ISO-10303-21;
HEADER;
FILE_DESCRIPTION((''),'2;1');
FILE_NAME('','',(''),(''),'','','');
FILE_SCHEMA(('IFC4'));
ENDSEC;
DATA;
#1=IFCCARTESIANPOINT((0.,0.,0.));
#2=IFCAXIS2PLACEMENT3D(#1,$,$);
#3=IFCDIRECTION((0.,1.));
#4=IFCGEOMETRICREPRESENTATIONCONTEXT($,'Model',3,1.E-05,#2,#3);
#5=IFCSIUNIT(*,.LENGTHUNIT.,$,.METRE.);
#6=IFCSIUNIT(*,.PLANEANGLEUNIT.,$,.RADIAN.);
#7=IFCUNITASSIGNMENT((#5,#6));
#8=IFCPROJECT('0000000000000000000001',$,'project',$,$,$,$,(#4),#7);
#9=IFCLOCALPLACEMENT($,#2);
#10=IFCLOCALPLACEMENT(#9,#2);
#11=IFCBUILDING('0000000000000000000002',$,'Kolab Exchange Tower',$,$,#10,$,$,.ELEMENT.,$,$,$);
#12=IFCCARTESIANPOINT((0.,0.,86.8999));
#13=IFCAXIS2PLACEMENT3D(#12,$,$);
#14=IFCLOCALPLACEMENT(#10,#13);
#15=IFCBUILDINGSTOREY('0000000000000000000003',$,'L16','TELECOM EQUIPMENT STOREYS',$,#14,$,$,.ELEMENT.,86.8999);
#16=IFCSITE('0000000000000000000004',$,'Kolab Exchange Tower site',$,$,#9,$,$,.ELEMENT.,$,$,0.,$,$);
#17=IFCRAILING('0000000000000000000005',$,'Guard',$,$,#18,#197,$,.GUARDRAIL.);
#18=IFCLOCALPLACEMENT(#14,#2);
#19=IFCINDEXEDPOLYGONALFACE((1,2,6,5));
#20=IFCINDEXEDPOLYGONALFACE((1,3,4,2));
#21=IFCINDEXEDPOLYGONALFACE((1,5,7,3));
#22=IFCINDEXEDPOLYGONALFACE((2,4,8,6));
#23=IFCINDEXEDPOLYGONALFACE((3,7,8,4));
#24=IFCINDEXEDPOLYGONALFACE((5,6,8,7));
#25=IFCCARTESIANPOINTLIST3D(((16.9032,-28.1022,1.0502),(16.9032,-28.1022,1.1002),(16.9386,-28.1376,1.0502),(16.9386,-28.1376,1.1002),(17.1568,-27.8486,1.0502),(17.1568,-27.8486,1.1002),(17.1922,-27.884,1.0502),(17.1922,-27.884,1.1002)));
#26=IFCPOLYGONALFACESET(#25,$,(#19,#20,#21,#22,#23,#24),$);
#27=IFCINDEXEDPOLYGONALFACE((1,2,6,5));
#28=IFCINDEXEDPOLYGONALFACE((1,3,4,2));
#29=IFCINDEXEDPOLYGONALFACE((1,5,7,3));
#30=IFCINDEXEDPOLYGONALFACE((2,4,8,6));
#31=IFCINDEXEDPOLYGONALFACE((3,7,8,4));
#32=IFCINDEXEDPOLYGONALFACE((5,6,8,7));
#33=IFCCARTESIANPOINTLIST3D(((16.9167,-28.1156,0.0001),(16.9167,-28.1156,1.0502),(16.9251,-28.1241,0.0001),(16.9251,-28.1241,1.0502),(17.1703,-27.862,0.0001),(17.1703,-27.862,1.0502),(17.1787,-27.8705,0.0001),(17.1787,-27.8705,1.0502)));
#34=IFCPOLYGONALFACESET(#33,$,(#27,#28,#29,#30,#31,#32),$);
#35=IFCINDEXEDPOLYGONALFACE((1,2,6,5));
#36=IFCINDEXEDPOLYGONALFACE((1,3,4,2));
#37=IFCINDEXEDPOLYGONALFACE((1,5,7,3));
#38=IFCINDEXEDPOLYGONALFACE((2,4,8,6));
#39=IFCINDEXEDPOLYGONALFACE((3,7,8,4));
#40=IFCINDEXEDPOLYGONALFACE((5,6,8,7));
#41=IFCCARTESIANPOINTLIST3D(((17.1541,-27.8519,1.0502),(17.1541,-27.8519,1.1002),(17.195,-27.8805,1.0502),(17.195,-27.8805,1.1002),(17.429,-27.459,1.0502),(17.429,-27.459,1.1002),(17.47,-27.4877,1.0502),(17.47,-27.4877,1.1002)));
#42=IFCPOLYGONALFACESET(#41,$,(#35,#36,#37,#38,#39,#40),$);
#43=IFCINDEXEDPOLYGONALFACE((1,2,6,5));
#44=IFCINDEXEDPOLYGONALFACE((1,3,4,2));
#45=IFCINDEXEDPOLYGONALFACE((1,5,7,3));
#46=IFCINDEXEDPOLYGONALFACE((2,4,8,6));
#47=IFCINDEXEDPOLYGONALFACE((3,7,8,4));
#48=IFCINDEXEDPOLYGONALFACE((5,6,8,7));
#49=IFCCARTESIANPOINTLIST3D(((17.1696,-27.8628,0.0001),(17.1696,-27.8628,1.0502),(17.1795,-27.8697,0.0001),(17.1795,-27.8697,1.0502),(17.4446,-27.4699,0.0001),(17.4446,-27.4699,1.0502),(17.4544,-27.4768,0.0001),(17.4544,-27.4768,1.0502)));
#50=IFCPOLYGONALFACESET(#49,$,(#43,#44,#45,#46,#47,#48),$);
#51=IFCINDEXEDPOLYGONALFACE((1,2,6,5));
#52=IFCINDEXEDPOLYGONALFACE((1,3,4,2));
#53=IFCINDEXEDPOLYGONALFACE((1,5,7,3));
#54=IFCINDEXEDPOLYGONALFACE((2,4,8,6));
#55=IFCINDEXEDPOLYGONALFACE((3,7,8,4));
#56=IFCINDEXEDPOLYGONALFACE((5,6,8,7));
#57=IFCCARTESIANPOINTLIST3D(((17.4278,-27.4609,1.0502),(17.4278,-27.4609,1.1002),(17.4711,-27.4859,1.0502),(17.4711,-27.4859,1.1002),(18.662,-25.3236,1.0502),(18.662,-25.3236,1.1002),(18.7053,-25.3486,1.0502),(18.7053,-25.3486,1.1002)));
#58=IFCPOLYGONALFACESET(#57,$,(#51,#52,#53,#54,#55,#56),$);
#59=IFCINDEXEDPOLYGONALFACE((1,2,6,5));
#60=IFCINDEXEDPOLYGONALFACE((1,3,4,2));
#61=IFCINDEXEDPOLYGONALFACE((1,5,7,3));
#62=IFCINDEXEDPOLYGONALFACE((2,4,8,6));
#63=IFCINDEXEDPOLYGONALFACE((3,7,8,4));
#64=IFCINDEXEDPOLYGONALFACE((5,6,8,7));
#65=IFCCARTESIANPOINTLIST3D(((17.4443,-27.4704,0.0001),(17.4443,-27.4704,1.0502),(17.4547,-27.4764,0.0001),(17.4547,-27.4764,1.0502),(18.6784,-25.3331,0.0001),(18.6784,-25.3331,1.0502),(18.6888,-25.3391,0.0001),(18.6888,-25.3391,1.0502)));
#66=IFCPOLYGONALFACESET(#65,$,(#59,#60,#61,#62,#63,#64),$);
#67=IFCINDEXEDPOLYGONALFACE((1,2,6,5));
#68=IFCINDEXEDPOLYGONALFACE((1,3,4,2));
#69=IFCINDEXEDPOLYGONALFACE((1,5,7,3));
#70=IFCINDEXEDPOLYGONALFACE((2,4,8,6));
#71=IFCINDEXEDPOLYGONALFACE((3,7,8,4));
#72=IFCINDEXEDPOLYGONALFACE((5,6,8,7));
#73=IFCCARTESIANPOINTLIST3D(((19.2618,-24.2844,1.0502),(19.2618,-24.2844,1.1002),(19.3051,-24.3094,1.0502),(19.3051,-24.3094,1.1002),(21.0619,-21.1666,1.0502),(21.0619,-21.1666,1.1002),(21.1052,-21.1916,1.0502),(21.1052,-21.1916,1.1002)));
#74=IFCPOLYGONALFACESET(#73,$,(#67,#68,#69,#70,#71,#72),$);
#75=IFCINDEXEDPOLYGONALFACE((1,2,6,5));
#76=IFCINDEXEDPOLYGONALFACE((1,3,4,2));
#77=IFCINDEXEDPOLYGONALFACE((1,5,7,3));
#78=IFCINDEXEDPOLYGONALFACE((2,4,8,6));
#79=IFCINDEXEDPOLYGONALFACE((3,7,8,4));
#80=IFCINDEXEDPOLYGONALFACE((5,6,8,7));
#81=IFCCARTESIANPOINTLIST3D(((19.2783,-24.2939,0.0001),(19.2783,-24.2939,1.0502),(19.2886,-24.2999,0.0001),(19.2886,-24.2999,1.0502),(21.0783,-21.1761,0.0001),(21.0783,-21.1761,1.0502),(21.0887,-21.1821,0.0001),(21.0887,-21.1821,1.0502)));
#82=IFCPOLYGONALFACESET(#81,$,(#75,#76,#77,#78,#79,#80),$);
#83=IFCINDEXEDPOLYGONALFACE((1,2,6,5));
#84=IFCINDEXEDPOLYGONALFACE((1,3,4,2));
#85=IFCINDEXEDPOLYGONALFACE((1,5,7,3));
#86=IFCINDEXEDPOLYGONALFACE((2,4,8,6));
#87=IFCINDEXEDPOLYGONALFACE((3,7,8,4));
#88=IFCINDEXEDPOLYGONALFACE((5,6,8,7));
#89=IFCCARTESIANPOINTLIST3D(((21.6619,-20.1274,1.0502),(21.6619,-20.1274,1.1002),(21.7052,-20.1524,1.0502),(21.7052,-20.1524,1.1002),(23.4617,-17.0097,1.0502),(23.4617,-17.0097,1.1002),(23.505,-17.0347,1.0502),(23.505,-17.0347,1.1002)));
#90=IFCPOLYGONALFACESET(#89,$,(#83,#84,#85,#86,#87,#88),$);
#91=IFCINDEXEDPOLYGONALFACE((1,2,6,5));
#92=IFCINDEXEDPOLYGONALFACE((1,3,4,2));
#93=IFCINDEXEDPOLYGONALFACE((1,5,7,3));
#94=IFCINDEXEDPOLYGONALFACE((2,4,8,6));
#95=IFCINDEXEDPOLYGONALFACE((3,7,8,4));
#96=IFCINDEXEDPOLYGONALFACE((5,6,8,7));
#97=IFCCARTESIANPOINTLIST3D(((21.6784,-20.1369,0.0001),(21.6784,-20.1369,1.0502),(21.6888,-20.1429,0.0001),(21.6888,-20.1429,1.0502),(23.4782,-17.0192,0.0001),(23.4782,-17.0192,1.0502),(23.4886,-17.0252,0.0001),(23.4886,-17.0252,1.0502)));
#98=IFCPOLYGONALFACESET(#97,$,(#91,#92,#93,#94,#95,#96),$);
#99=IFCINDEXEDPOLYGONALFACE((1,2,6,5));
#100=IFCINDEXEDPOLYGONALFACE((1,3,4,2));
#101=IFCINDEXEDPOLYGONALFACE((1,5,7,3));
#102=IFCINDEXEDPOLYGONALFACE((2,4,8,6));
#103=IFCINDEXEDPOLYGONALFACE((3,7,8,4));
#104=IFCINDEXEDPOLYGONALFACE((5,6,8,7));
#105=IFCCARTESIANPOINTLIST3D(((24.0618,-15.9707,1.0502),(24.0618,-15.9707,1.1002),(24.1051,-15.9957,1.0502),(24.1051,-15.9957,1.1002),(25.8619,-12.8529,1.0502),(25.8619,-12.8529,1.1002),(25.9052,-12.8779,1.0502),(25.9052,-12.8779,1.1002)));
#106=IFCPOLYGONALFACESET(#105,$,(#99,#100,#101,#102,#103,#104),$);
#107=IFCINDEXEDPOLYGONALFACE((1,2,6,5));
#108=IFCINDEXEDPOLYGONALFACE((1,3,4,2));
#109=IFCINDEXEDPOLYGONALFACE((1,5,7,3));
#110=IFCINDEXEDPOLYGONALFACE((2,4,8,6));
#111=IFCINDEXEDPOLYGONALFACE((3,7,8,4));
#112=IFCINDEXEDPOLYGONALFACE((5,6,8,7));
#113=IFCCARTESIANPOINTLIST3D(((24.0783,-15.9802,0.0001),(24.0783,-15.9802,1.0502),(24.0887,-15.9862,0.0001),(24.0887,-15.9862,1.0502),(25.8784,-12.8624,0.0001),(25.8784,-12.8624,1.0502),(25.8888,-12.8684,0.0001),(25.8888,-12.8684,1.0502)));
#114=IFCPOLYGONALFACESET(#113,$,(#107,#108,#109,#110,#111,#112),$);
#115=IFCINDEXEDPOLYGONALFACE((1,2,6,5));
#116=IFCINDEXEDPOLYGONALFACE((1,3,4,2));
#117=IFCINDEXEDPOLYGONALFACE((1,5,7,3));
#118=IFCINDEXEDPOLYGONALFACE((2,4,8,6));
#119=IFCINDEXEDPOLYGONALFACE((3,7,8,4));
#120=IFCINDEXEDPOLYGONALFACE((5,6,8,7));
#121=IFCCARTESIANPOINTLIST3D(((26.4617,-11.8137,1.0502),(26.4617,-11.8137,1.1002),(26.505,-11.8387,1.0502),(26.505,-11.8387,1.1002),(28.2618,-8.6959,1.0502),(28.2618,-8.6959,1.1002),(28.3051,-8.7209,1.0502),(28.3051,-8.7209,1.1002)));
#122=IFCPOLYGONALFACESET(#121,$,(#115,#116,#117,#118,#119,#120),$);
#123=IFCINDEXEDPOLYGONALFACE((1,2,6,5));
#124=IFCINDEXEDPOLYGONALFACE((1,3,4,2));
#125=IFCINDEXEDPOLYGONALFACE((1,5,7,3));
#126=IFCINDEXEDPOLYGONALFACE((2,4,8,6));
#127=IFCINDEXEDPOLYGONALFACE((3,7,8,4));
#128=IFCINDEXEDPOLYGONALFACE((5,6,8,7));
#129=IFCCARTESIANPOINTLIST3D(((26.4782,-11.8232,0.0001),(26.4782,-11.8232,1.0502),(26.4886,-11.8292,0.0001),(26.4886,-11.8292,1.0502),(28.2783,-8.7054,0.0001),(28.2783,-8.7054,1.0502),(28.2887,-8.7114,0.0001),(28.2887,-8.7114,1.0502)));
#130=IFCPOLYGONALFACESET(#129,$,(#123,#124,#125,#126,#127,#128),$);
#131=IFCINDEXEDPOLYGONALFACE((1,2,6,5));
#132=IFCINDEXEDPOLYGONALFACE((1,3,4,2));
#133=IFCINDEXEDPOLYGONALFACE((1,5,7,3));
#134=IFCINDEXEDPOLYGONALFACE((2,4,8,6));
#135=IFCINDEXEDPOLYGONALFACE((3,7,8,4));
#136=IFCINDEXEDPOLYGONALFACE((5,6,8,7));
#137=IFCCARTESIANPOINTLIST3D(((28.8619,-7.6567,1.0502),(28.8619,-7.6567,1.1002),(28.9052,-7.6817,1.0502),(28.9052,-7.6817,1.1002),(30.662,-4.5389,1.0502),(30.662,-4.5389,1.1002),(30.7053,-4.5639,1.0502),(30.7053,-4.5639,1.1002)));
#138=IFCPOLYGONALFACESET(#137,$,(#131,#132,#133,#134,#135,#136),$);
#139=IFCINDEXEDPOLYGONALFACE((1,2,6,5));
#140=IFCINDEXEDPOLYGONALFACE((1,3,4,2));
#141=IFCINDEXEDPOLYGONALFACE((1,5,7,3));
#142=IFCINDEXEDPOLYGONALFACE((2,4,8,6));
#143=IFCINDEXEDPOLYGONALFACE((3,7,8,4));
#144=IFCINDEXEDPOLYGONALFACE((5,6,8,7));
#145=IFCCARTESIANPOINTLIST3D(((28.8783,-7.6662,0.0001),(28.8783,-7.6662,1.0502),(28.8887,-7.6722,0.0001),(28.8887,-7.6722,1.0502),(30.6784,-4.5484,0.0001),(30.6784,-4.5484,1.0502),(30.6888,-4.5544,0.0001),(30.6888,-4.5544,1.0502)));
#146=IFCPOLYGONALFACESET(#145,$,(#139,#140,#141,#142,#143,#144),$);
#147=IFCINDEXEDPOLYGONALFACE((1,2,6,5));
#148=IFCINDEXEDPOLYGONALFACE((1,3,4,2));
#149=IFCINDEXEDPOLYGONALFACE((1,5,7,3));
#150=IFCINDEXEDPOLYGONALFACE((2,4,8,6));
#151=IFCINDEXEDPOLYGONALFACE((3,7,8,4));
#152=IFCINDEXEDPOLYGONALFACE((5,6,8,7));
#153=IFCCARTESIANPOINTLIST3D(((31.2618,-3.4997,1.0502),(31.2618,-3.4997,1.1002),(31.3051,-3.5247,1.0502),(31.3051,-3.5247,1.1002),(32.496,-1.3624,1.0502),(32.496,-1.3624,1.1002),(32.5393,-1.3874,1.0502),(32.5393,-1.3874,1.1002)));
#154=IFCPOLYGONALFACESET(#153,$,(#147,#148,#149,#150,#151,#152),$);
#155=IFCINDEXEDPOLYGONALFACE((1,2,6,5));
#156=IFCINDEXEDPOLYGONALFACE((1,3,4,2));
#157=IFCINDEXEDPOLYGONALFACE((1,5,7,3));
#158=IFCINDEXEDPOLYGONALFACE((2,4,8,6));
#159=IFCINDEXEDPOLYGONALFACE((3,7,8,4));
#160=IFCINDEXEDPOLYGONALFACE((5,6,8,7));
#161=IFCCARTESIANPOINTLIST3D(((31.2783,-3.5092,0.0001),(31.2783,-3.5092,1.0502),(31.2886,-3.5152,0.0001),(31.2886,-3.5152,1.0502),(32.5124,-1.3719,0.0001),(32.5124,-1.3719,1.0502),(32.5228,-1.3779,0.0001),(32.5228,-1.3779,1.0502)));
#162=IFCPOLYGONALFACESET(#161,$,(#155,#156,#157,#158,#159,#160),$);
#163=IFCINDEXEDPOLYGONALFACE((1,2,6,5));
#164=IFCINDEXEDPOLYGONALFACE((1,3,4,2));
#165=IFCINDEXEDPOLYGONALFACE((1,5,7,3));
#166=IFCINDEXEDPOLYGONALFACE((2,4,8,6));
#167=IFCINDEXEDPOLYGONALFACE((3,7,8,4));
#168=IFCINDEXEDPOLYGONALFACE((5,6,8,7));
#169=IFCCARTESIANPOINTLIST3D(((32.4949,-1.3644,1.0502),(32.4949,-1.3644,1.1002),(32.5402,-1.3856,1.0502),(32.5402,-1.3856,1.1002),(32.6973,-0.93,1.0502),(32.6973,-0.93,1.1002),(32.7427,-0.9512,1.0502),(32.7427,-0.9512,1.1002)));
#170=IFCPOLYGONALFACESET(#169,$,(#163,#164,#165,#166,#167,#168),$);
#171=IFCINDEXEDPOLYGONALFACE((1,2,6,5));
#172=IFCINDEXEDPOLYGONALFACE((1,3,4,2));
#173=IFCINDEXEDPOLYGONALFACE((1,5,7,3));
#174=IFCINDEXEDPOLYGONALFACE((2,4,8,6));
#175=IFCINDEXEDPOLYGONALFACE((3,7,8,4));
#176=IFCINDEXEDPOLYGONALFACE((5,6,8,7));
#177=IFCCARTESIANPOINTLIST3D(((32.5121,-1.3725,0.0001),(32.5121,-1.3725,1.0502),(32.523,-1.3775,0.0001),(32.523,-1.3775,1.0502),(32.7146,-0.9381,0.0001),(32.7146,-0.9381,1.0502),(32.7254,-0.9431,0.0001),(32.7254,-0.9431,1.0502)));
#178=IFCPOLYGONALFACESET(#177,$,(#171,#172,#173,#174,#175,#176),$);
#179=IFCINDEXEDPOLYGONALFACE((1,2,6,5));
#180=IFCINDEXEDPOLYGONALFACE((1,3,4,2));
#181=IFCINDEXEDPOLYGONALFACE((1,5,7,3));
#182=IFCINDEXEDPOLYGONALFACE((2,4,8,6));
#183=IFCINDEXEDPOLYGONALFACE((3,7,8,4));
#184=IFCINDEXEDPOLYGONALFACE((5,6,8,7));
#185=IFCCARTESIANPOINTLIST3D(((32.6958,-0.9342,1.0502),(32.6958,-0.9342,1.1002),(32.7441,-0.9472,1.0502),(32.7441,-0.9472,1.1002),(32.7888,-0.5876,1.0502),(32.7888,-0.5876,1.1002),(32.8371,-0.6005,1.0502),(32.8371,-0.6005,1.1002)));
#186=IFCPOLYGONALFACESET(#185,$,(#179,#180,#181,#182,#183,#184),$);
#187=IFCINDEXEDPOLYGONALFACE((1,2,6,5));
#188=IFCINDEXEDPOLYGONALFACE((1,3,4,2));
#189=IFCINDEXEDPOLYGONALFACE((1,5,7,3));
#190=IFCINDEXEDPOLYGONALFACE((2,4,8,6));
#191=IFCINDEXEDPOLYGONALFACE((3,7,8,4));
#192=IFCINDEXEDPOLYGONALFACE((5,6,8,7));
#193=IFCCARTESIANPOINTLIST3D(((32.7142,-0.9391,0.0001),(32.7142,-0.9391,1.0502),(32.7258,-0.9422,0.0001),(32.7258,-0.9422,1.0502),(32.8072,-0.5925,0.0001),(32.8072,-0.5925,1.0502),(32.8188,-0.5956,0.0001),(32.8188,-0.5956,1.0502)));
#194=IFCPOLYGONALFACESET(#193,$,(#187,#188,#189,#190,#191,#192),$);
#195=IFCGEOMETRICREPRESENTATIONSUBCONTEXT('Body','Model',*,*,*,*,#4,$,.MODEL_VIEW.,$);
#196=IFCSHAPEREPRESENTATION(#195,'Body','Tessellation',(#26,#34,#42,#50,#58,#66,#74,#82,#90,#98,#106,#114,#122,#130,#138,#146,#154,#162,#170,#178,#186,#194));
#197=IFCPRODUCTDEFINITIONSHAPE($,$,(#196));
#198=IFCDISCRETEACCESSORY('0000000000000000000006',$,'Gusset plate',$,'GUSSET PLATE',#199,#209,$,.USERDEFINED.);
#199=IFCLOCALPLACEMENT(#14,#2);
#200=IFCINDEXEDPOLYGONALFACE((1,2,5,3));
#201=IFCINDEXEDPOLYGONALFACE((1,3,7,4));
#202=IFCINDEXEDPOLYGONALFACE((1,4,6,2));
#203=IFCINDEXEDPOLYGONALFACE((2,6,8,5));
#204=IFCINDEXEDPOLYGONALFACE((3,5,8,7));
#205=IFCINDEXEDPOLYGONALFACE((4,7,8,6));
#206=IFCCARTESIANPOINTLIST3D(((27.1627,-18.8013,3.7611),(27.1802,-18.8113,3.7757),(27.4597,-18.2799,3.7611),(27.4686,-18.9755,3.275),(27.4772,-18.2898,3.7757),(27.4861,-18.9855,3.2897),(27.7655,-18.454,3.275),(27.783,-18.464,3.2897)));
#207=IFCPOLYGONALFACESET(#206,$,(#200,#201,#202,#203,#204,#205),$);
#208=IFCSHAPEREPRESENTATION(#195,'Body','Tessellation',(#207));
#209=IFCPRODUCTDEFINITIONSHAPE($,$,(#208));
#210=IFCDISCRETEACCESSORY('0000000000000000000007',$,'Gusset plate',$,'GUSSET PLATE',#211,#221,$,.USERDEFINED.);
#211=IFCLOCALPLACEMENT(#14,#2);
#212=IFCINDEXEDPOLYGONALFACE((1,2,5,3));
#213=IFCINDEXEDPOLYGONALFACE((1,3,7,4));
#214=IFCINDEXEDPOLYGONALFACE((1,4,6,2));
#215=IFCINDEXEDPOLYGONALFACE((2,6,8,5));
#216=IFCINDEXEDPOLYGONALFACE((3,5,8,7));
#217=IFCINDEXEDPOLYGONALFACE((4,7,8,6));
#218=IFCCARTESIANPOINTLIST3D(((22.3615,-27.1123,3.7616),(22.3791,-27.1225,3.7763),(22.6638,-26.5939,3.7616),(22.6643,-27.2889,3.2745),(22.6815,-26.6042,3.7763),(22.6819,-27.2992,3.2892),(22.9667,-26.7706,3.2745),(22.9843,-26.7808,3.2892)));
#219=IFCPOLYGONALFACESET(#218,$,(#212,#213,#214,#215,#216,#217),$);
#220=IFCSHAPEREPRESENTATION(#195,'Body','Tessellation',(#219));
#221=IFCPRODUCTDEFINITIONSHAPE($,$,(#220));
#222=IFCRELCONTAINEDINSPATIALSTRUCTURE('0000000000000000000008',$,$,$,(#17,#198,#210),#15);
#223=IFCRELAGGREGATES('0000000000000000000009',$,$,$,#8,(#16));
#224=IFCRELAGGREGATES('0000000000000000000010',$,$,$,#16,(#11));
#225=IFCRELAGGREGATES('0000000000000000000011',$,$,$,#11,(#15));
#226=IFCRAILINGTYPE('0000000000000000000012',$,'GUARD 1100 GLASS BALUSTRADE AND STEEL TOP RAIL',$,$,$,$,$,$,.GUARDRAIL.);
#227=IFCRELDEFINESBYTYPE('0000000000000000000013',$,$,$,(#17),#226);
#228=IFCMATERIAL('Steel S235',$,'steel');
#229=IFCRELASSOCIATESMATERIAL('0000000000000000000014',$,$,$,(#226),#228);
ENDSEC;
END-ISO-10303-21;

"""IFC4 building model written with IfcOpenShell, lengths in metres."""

from ifc_helpers import new_model, si_unit, direction, frame, frame_2d, origin, origin_2d, place, context, subcontext, project, spatial, rectangle, extrude, material, type_object, element, save


model = new_model("IFC4")

# Units and contexts
model_context = context("Model", 3, precision=1e-05, world=origin(), true_north=direction((0.0, 1.0)))
body_context = subcontext(model_context, "Body", "Model", "MODEL_VIEW")
ifc_project = project(units=[si_unit("LENGTHUNIT", "METRE"), si_unit("PLANEANGLEUNIT", "RADIAN")], contexts=[model_context])

# Site, building, storey
site_placement = place(None, origin())
site = spatial("IfcSite", under=ifc_project, at=site_placement, Name="Kolab Exchange Tower site", CompositionType="ELEMENT", RefElevation=0.0)
building_placement = place(site_placement, origin())
building = spatial("IfcBuilding", under=site, at=building_placement, Name="Kolab Exchange Tower", CompositionType="ELEMENT")
storey_placement = place(building_placement, frame((0.0, 0.0, 86.8999)))
storey = spatial("IfcBuildingStorey", under=building, at=storey_placement, Name="L16", Description="TELECOM EQUIPMENT STOREYS", CompositionType="ELEMENT", Elevation=86.8999)

# Railing
ifc_material_1 = material(Name="Steel S235", Category="steel")
railing_type = type_object("IfcRailingType", Name="GUARD 1100 GLASS BALUSTRADE AND STEEL TOP RAIL", PredefinedType="GUARDRAIL", material=ifc_material_1)
railing_placement = place(storey_placement, frame((16.9209, -28.1199, 0.0)))
element("IfcRailing", 1, at=railing_placement, inside=storey, type_object=railing_type, Name="Guard", PredefinedType="GUARDRAIL", context=body_context, shape_type="SweptSolid", body=[
    extrude(rectangle(XDim=0.05, YDim=0.05, at=origin_2d()), frame((0.0, 0.0, 1.0752), z_axis=(0.707107, 0.707107, 0.0), x_axis=(-0.707107, 0.707107, 0.0)), (0.0, 0.0, 1.0), 0.3586),
    extrude(rectangle(XDim=0.012, YDim=1.0501, at=frame_2d((0.0, 0.5251))), frame((0.0, 0.0, 0.0), z_axis=(0.707107, 0.707107, 0.0), x_axis=(-0.707107, 0.707107, 0.0)), (0.0, 0.0, 1.0), 0.3586),
    extrude(rectangle(XDim=0.05, YDim=0.05, at=origin_2d()), frame((0.2537, 0.2537, 1.0752), z_axis=(0.57336, 0.819304, 0.0), x_axis=(-0.819304, 0.57336, 0.0)), (0.0, 0.0, 1.0), 0.4795),
    extrude(rectangle(XDim=0.012, YDim=1.0501, at=frame_2d((0.0, 0.5251))), frame((0.2537, 0.2537, 0.0), z_axis=(0.57336, 0.819304, 0.0), x_axis=(-0.819304, 0.57336, 0.0)), (0.0, 0.0, 1.0), 0.4795),
    extrude(rectangle(XDim=0.05, YDim=0.05, at=origin_2d()), frame((0.5286, 0.6465, 1.0752), z_axis=(0.500065, 0.865988, 0.0), x_axis=(-0.865988, 0.500065, 0.0)), (0.0, 0.0, 1.0), 2.468),
    extrude(rectangle(XDim=0.012, YDim=1.0501, at=frame_2d((0.0, 0.5251))), frame((0.5286, 0.6465, 0.0), z_axis=(0.500065, 0.865988, 0.0), x_axis=(-0.865988, 0.500065, 0.0)), (0.0, 0.0, 1.0), 2.468),
    extrude(rectangle(XDim=0.05, YDim=0.05, at=origin_2d()), frame((2.3625, 3.823, 1.0752), z_axis=(0.500012, 0.866018, 0.0), x_axis=(-0.866018, 0.500012, 0.0)), (0.0, 0.0, 1.0), 3.6001),
    extrude(rectangle(XDim=0.012, YDim=1.0501, at=frame_2d((0.0, 0.5251))), frame((2.3625, 3.823, 0.0), z_axis=(0.500012, 0.866018, 0.0), x_axis=(-0.866018, 0.500012, 0.0)), (0.0, 0.0, 1.0), 3.6001),
    extrude(rectangle(XDim=0.05, YDim=0.05, at=origin_2d()), frame((4.7627, 7.98, 1.0752), z_axis=(0.499961, 0.866048, 0.0), x_axis=(-0.866048, 0.499961, 0.0)), (0.0, 0.0, 1.0), 3.5999),
    extrude(rectangle(XDim=0.012, YDim=1.0501, at=frame_2d((0.0, 0.5251))), frame((4.7627, 7.98, 0.0), z_axis=(0.499961, 0.866048, 0.0), x_axis=(-0.866048, 0.499961, 0.0)), (0.0, 0.0, 1.0), 3.5999),
    extrude(rectangle(XDim=0.05, YDim=0.05, at=origin_2d()), frame((7.1626, 12.1367, 1.0752), z_axis=(0.500012, 0.866018, 0.0), x_axis=(-0.866018, 0.500012, 0.0)), (0.0, 0.0, 1.0), 3.6001),
    extrude(rectangle(XDim=0.012, YDim=1.0501, at=frame_2d((0.0, 0.5251))), frame((7.1626, 12.1367, 0.0), z_axis=(0.500012, 0.866018, 0.0), x_axis=(-0.866018, 0.500012, 0.0)), (0.0, 0.0, 1.0), 3.6001),
    extrude(rectangle(XDim=0.05, YDim=0.05, at=origin_2d()), frame((9.5625, 16.2937, 1.0752), z_axis=(0.500012, 0.866018, 0.0), x_axis=(-0.866018, 0.500012, 0.0)), (0.0, 0.0, 1.0), 3.6001),
    extrude(rectangle(XDim=0.012, YDim=1.0501, at=frame_2d((0.0, 0.5251))), frame((9.5625, 16.2937, 0.0), z_axis=(0.500012, 0.866018, 0.0), x_axis=(-0.866018, 0.500012, 0.0)), (0.0, 0.0, 1.0), 3.6001),
    extrude(rectangle(XDim=0.05, YDim=0.05, at=origin_2d()), frame((11.9626, 20.4507, 1.0752), z_axis=(0.500012, 0.866018, 0.0), x_axis=(-0.866018, 0.500012, 0.0)), (0.0, 0.0, 1.0), 3.6001),
    extrude(rectangle(XDim=0.012, YDim=1.0501, at=frame_2d((0.0, 0.5251))), frame((11.9626, 20.4507, 0.0), z_axis=(0.500012, 0.866018, 0.0), x_axis=(-0.866018, 0.500012, 0.0)), (0.0, 0.0, 1.0), 3.6001),
    extrude(rectangle(XDim=0.05, YDim=0.05, at=origin_2d()), frame((14.3625, 24.6077, 1.0752), z_axis=(0.500065, 0.865988, 0.0), x_axis=(-0.865988, 0.500065, 0.0)), (0.0, 0.0, 1.0), 2.468),
    extrude(rectangle(XDim=0.012, YDim=1.0501, at=frame_2d((0.0, 0.5251))), frame((14.3625, 24.6077, 0.0), z_axis=(0.500065, 0.865988, 0.0), x_axis=(-0.865988, 0.500065, 0.0)), (0.0, 0.0, 1.0), 2.468),
    extrude(rectangle(XDim=0.05, YDim=0.05, at=origin_2d()), frame((15.5967, 26.7449, 1.0752), z_axis=(0.422383, 0.906417, 0.0), x_axis=(-0.906417, 0.422383, 0.0)), (0.0, 0.0, 1.0), 0.4792),
    extrude(rectangle(XDim=0.012, YDim=1.0501, at=frame_2d((0.0, 0.5251))), frame((15.5967, 26.7449, 0.0), z_axis=(0.422383, 0.906417, 0.0), x_axis=(-0.906417, 0.422383, 0.0)), (0.0, 0.0, 1.0), 0.4792),
    extrude(rectangle(XDim=0.05, YDim=0.05, at=origin_2d()), frame((15.7991, 27.1792, 1.0752), z_axis=(0.259144, 0.965839, 0.0), x_axis=(-0.965839, 0.259144, 0.0)), (0.0, 0.0, 1.0), 0.3589),
    extrude(rectangle(XDim=0.012, YDim=1.0501, at=frame_2d((0.0, 0.5251))), frame((15.7991, 27.1792, 0.0), z_axis=(0.259144, 0.965839, 0.0), x_axis=(-0.965839, 0.259144, 0.0)), (0.0, 0.0, 1.0), 0.3589),
])

# Discrete accessories
discrete_accessory_1_placement = place(storey_placement, frame((27.4641, -18.6277, 3.5181), z_axis=(0.703822, -0.400788, 0.586518), x_axis=(0.494839, 0.868985, 0.0)))
element("IfcDiscreteAccessory", 2, at=discrete_accessory_1_placement, inside=storey, Name="Gusset plate", ObjectType="GUSSET PLATE", PredefinedType="USERDEFINED", context=body_context, shape_type="SweptSolid", body=[
    extrude(rectangle(XDim=0.6001, YDim=0.6001, at=origin_2d()), origin(), (0.0, 0.0, 1.0), 0.0249),
])
discrete_accessory_2_placement = place(storey_placement, frame((22.6641, -26.9414, 3.5181), z_axis=(0.701047, -0.408944, 0.584206), x_axis=(0.503871, 0.863779, 0.0)))
element("IfcDiscreteAccessory", 3, at=discrete_accessory_2_placement, inside=storey, Name="Gusset plate", ObjectType="GUSSET PLATE", PredefinedType="USERDEFINED", context=body_context, shape_type="SweptSolid", body=[
    extrude(rectangle(XDim=0.6001, YDim=0.6001, at=origin_2d()), origin(), (0.0, 0.0, 1.0), 0.0251),
])

save(model, "model.ifc")
